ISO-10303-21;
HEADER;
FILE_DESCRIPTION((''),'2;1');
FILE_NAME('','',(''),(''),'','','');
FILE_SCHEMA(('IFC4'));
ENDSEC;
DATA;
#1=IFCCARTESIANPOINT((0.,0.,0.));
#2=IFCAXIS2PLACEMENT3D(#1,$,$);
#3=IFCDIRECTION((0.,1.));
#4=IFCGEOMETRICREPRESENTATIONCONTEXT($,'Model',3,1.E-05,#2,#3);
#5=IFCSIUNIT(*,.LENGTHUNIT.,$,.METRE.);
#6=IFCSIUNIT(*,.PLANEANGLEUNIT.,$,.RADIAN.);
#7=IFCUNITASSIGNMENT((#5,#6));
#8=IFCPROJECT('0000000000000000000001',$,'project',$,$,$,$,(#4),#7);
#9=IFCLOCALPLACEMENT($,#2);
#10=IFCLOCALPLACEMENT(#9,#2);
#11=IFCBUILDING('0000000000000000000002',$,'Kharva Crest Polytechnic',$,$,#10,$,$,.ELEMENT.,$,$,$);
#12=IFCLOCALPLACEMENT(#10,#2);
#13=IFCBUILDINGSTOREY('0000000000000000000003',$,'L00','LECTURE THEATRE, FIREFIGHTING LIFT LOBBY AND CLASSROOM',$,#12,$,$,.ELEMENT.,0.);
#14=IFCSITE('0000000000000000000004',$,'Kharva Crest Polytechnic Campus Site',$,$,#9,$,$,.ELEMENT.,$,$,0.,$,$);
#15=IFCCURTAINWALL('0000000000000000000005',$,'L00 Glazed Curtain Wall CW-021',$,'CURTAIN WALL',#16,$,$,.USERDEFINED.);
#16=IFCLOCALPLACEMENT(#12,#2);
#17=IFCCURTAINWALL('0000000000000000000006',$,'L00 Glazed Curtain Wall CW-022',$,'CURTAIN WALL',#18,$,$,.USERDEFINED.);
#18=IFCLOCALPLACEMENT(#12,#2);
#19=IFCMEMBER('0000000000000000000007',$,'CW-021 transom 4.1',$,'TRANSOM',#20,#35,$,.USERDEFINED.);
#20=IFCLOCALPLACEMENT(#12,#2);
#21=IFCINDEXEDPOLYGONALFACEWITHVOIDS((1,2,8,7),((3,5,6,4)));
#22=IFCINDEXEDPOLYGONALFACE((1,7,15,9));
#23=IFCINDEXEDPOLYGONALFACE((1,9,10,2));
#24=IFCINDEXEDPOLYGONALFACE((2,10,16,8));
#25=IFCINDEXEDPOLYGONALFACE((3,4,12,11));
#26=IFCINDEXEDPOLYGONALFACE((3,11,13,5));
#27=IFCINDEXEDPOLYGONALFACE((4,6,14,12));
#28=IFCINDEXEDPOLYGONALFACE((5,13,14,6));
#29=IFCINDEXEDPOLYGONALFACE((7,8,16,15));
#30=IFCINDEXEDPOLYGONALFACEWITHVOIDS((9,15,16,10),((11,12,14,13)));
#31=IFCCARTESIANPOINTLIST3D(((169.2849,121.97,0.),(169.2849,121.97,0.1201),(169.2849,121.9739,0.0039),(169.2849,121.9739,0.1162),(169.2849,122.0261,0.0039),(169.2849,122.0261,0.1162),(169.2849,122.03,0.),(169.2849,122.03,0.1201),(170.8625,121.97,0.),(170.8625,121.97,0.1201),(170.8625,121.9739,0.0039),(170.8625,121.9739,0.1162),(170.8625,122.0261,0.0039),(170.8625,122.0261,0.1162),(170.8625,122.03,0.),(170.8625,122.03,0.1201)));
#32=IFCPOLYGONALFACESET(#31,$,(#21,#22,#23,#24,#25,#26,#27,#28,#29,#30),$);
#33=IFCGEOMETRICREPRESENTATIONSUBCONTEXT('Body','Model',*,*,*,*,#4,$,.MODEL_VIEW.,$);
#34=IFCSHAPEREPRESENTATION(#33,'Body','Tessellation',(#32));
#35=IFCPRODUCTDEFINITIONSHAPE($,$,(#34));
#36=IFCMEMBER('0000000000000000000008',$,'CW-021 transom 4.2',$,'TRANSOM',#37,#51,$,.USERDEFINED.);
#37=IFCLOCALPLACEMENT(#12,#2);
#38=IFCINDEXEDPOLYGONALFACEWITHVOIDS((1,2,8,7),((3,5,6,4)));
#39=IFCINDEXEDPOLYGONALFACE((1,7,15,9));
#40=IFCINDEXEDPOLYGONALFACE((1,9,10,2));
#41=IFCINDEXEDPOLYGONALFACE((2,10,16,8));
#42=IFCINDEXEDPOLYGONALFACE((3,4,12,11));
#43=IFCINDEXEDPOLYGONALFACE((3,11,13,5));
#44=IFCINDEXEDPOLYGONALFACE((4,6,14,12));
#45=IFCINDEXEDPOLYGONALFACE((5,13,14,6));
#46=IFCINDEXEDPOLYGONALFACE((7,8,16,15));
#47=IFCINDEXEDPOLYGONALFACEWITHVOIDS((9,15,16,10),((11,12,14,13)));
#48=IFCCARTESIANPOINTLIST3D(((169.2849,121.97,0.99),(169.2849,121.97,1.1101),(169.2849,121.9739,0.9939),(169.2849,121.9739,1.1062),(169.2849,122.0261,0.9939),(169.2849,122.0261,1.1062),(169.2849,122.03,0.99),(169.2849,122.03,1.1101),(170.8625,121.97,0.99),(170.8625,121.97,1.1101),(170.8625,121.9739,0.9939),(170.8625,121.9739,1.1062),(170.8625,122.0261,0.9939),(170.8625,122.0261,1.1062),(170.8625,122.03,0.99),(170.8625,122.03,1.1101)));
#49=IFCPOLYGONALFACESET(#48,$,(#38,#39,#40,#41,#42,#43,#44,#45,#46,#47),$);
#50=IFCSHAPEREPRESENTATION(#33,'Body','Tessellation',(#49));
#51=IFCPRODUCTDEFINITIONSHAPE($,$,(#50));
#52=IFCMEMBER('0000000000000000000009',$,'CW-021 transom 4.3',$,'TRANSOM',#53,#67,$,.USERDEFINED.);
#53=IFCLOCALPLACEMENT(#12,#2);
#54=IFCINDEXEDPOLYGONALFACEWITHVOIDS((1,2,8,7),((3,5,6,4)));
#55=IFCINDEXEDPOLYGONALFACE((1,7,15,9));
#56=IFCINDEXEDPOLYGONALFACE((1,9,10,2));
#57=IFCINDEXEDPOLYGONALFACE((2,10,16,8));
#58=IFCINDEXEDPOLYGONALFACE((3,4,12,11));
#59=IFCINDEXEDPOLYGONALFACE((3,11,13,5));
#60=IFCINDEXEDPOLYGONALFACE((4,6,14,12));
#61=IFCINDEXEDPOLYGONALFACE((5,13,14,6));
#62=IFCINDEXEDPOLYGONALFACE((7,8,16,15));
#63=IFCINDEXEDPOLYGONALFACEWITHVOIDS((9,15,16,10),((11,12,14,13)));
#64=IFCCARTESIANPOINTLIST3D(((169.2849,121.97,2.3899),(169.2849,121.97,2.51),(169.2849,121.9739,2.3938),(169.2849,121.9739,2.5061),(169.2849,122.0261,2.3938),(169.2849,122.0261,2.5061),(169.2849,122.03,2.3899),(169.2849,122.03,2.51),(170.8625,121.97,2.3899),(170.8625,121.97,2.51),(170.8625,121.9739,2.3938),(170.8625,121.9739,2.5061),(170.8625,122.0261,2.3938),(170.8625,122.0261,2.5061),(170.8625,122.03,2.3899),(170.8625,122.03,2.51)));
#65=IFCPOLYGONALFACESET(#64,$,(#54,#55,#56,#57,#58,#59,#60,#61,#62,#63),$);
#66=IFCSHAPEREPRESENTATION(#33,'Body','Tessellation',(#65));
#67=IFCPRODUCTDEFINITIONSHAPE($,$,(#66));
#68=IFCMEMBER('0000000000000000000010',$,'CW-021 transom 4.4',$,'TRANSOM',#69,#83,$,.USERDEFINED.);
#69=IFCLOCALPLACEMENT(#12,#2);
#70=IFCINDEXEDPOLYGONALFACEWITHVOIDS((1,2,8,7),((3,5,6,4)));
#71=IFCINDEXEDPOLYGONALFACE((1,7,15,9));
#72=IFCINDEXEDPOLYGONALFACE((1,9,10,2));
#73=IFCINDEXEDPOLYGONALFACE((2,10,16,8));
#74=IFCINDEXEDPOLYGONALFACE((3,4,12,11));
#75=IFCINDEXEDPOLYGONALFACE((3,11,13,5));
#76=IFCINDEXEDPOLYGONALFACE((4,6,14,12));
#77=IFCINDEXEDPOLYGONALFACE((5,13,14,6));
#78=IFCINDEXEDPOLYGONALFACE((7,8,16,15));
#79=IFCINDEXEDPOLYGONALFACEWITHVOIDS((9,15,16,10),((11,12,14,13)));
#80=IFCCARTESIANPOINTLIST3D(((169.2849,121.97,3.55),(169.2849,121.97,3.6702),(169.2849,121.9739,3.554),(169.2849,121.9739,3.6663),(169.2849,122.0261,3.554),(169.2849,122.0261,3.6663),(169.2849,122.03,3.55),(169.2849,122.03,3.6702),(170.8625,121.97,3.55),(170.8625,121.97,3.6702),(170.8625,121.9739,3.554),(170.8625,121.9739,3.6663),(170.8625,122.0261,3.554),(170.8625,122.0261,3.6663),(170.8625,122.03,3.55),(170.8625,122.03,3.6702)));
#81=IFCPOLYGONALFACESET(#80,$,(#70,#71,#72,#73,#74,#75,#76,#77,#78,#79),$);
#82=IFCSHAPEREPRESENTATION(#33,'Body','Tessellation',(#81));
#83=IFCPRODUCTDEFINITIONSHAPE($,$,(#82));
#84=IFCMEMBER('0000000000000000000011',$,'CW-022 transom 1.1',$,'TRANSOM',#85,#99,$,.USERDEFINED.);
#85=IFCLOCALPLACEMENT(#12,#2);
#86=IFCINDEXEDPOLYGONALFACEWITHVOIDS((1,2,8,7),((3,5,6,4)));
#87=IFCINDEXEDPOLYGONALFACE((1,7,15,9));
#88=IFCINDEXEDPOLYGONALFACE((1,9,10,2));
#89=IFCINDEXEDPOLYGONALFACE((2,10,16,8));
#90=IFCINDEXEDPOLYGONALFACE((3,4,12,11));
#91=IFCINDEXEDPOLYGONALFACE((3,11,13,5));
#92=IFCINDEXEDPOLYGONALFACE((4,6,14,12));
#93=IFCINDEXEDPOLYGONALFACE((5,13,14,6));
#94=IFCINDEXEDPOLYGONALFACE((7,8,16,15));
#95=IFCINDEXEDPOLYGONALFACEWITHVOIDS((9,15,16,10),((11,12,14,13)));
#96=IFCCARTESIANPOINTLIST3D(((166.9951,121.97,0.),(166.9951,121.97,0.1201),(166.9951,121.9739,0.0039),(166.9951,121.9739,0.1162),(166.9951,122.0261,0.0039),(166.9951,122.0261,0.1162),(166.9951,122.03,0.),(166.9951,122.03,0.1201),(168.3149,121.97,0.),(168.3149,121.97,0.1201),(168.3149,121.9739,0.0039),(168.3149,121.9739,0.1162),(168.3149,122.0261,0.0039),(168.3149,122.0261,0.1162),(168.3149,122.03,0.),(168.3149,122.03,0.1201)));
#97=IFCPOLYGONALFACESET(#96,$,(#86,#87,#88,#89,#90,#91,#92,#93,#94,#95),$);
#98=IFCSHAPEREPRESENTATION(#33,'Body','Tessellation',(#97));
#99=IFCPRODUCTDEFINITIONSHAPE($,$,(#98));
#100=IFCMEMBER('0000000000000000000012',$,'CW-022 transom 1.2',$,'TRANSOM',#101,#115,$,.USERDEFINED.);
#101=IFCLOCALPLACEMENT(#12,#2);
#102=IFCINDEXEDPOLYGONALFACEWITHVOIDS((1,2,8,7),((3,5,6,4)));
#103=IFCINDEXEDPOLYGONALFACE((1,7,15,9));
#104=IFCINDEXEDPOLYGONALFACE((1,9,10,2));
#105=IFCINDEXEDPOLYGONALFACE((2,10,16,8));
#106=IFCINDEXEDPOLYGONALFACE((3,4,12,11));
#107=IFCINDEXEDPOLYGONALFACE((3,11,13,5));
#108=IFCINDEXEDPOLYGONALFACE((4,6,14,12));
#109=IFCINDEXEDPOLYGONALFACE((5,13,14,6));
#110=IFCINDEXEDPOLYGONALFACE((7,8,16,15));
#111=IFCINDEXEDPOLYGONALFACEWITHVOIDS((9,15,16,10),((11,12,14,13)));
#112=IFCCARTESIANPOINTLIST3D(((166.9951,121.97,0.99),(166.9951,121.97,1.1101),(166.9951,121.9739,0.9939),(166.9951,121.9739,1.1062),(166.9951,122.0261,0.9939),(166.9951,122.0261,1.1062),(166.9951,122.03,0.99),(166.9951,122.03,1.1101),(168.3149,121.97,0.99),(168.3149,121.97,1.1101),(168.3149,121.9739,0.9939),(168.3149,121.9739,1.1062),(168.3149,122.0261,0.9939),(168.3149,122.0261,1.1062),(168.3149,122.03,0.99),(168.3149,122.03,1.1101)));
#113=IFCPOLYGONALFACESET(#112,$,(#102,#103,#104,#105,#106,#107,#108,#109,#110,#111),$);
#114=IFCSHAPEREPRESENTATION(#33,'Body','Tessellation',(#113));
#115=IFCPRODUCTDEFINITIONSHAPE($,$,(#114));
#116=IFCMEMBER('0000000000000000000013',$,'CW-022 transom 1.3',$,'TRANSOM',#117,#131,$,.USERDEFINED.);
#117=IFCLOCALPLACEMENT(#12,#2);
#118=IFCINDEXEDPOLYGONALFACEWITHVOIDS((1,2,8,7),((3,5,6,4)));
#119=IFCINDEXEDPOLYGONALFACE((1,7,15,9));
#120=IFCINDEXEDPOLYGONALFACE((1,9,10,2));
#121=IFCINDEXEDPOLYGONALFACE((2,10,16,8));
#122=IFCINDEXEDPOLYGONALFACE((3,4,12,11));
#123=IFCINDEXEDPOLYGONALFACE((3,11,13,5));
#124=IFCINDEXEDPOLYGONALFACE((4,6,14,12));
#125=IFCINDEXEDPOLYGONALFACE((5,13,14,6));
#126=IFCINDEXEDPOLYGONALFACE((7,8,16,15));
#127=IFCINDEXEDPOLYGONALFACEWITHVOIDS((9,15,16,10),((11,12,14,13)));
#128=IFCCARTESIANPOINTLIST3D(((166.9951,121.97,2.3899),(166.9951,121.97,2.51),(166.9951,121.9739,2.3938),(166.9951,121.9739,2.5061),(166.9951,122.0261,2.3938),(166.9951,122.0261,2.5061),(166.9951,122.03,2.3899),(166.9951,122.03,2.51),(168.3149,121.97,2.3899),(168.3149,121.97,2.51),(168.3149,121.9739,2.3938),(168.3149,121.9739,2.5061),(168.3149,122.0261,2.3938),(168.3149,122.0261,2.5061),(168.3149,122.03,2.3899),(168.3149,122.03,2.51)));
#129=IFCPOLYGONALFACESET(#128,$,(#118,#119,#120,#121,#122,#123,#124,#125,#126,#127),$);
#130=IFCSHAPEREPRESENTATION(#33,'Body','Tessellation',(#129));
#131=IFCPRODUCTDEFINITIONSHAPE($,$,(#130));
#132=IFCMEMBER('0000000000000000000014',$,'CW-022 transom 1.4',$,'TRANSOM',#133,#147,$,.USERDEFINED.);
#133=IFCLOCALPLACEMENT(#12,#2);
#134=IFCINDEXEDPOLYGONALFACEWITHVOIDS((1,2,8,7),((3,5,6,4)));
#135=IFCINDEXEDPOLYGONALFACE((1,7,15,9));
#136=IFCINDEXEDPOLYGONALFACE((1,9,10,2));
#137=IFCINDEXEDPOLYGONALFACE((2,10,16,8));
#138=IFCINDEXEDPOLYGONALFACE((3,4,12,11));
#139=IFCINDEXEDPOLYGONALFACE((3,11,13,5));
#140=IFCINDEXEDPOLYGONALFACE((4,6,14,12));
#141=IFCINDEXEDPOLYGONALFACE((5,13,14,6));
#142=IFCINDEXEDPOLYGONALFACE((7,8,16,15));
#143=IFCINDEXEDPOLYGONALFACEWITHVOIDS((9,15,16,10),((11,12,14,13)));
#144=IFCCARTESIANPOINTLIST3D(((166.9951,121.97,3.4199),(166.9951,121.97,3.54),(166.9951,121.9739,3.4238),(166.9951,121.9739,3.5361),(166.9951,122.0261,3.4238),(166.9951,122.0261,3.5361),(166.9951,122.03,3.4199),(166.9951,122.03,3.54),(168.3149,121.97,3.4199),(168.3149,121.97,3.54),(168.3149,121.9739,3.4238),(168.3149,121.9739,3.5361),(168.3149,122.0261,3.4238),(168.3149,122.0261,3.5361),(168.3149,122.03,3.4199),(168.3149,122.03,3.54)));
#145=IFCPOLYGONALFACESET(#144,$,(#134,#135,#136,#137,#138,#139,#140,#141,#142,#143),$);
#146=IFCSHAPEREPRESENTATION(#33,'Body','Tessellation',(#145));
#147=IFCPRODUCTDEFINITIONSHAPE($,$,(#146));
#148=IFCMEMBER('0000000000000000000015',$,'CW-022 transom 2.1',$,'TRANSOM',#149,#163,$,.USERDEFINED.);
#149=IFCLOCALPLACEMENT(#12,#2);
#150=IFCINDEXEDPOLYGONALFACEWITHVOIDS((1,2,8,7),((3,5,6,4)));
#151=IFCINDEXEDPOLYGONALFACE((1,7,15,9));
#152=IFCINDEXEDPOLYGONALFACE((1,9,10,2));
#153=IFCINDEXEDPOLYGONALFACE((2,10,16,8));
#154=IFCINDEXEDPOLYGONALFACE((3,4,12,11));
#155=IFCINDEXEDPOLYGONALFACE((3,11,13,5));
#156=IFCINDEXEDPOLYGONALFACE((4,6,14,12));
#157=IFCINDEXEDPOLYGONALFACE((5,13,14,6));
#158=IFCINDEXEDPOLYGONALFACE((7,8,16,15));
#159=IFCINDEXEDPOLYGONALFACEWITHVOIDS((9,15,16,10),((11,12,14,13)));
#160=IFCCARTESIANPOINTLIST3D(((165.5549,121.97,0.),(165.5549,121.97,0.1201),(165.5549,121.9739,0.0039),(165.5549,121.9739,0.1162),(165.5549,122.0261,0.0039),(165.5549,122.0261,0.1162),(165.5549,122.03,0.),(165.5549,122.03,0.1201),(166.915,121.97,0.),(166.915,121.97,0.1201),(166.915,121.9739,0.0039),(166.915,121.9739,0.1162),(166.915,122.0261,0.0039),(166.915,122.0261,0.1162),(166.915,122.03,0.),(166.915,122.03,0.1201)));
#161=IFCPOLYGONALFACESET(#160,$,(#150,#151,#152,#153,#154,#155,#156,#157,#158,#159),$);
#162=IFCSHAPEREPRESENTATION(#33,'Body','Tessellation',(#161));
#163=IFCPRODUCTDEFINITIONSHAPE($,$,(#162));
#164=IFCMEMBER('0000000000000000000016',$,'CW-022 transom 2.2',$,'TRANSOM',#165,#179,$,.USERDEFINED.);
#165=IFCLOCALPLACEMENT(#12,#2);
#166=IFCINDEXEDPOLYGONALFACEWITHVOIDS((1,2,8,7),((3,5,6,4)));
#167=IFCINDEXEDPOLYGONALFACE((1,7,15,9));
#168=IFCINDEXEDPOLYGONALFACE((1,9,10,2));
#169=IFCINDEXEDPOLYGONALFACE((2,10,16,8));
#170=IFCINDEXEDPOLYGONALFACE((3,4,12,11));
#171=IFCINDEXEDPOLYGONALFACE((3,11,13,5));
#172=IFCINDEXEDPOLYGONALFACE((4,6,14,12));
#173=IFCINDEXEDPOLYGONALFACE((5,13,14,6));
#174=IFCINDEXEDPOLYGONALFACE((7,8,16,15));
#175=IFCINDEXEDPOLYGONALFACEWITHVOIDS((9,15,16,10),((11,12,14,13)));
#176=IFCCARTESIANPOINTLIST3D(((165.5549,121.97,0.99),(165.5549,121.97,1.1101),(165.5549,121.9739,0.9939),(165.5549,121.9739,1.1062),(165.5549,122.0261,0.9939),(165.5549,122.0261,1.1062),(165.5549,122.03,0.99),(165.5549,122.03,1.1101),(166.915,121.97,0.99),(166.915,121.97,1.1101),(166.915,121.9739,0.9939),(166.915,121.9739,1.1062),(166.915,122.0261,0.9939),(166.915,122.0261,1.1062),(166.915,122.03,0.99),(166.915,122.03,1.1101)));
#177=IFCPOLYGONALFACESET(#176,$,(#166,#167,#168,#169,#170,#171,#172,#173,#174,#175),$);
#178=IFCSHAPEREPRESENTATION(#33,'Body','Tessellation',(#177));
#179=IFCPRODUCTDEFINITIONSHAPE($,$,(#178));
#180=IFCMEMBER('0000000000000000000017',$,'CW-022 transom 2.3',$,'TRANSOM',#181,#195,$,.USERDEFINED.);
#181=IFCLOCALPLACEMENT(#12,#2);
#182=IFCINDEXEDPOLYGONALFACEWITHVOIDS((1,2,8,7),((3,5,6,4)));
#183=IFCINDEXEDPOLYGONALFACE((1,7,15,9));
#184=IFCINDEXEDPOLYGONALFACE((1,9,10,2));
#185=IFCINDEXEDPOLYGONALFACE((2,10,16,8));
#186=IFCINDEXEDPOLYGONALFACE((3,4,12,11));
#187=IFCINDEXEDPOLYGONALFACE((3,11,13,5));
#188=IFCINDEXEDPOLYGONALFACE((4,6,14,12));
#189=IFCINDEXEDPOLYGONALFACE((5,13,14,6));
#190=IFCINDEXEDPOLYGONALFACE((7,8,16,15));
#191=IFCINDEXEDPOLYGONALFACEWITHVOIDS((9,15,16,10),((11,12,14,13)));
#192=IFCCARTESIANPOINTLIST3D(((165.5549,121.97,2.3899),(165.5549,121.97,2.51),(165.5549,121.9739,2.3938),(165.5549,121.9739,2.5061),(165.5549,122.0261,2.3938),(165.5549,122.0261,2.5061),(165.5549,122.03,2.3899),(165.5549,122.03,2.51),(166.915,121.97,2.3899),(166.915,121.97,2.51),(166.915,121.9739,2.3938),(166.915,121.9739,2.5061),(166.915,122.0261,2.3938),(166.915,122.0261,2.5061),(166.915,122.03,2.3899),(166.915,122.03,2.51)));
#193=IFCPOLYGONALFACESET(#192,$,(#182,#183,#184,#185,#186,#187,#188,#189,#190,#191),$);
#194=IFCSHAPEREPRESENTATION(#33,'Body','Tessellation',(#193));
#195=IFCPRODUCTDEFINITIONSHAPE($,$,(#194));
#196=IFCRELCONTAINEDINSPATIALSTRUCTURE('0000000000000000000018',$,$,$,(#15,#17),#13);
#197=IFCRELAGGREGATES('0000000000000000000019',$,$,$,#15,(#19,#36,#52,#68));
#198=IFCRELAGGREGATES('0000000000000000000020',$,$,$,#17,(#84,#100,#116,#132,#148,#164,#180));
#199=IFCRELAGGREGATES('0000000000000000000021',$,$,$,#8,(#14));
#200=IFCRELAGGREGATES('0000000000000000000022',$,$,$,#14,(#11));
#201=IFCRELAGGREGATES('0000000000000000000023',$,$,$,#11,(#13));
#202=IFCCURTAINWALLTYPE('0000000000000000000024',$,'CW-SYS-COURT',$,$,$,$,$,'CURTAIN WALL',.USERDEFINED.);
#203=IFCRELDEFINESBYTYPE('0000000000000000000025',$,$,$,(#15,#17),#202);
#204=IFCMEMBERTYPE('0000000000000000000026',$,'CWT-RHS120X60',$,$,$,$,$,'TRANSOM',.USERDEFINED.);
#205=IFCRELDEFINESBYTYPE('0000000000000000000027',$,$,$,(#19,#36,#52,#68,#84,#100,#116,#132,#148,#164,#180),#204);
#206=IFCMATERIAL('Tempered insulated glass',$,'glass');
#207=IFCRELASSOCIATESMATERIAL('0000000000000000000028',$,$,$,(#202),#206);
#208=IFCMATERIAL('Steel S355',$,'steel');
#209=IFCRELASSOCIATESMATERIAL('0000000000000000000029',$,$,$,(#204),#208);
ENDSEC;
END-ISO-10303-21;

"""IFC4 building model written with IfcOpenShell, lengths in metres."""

from ifc_helpers import new_model, si_unit, direction, frame, origin, origin_2d, place, context, subcontext, project, spatial, hollow_rectangle, extrude, material, material_profile, profile_set, type_object, element, aggregate, save


model = new_model("IFC4")

# Units and contexts
model_context = context("Model", 3, precision=1e-05, world=origin(), true_north=direction((0.0, 1.0)))
body_context = subcontext(model_context, "Body", "Model", "MODEL_VIEW")
ifc_project = project(units=[si_unit("LENGTHUNIT", "METRE"), si_unit("PLANEANGLEUNIT", "RADIAN")], contexts=[model_context])

# Site, building, storey
site_placement = place(None, origin())
site = spatial("IfcSite", under=ifc_project, at=site_placement, Name="Kharva Crest Polytechnic Campus Site", CompositionType="ELEMENT", RefElevation=0.0)
building_placement = place(site_placement, origin())
building = spatial("IfcBuilding", under=site, at=building_placement, Name="Kharva Crest Polytechnic", CompositionType="ELEMENT")
storey_placement = place(building_placement, origin())
storey = spatial("IfcBuildingStorey", under=building, at=storey_placement, Name="L00", Description="LECTURE THEATRE, FIREFIGHTING LIFT LOBBY AND CLASSROOM", CompositionType="ELEMENT", Elevation=0.0)

# Curtain walls
ifc_material_1 = material(Name="Tempered insulated glass", Category="glass")
curtain_wall_type = type_object("IfcCurtainWallType", Name="CW-SYS-COURT", ElementType="CURTAIN WALL", PredefinedType="USERDEFINED", material=ifc_material_1)
curtain_wall_1_placement = place(storey_placement, origin())
curtain_wall_1 = element("IfcCurtainWall", 1, at=curtain_wall_1_placement, inside=storey, type_object=curtain_wall_type, Name="L00 Glazed Curtain Wall CW-021", ObjectType="CURTAIN WALL", PredefinedType="USERDEFINED")
ifc_material_2 = material(Name="Steel S355", Category="steel")
curtain_wall_2_placement = place(storey_placement, origin())
curtain_wall_2 = element("IfcCurtainWall", 2, at=curtain_wall_2_placement, inside=storey, type_object=curtain_wall_type, Name="L00 Glazed Curtain Wall CW-022", ObjectType="CURTAIN WALL", PredefinedType="USERDEFINED")

# Members
ifc_material_profile_1 = material_profile(ifc_material_2, hollow_rectangle(XDim=0.0601, YDim=0.1201, WallThickness=0.0039, at=origin_2d()), Name="RHS 120X60X4.0")
ifc_profile_set_1 = profile_set([ifc_material_profile_1], Name="Steel S355")
member_type_1 = type_object("IfcMemberType", Name="CWT-RHS120X60", ElementType="TRANSOM", PredefinedType="USERDEFINED", material=ifc_profile_set_1)
member_1_placement = place(storey_placement, frame((170.8625, 122.0, 0.0601), z_axis=(-1.0, 0.0, 0.0), x_axis=(0.0, -1.0, 0.0)))
member_1 = element("IfcMember", 3, at=member_1_placement, type_object=member_type_1, Name="CW-021 transom 4.1", ObjectType="TRANSOM", PredefinedType="USERDEFINED", context=body_context, shape_type="SweptSolid", body=[
    extrude(hollow_rectangle(XDim=0.0601, YDim=0.1201, WallThickness=0.0039, at=origin_2d()), origin(), (0.0, 0.0, 1.0), 1.5776),
])
member_2_placement = place(storey_placement, frame((170.8625, 122.0, 1.05), z_axis=(-1.0, 0.0, 0.0), x_axis=(0.0, -1.0, 0.0)))
member_2 = element("IfcMember", 4, at=member_2_placement, type_object=member_type_1, Name="CW-021 transom 4.2", ObjectType="TRANSOM", PredefinedType="USERDEFINED", context=body_context, shape_type="SweptSolid", body=[
    extrude(hollow_rectangle(XDim=0.0601, YDim=0.1201, WallThickness=0.0039, at=origin_2d()), origin(), (0.0, 0.0, 1.0), 1.5776),
])
member_3_placement = place(storey_placement, frame((170.8625, 122.0, 2.45), z_axis=(-1.0, 0.0, 0.0), x_axis=(0.0, -1.0, 0.0)))
member_3 = element("IfcMember", 5, at=member_3_placement, type_object=member_type_1, Name="CW-021 transom 4.3", ObjectType="TRANSOM", PredefinedType="USERDEFINED", context=body_context, shape_type="SweptSolid", body=[
    extrude(hollow_rectangle(XDim=0.0601, YDim=0.1201, WallThickness=0.0039, at=origin_2d()), origin(), (0.0, 0.0, 1.0), 1.5776),
])
member_4_placement = place(storey_placement, frame((170.8625, 122.0, 3.6101), z_axis=(-1.0, 0.0, 0.0), x_axis=(0.0, -1.0, 0.0)))
member_4 = element("IfcMember", 6, at=member_4_placement, type_object=member_type_1, Name="CW-021 transom 4.4", ObjectType="TRANSOM", PredefinedType="USERDEFINED", context=body_context, shape_type="SweptSolid", body=[
    extrude(hollow_rectangle(XDim=0.0601, YDim=0.1201, WallThickness=0.0039, at=origin_2d()), origin(), (0.0, 0.0, 1.0), 1.5776),
])
member_5_placement = place(storey_placement, frame((168.3149, 122.0, 0.0601), z_axis=(-1.0, 0.0, 0.0), x_axis=(0.0, -1.0, 0.0)))
member_5 = element("IfcMember", 7, at=member_5_placement, type_object=member_type_1, Name="CW-022 transom 1.1", ObjectType="TRANSOM", PredefinedType="USERDEFINED", context=body_context, shape_type="SweptSolid", body=[
    extrude(hollow_rectangle(XDim=0.0601, YDim=0.1201, WallThickness=0.0039, at=origin_2d()), origin(), (0.0, 0.0, 1.0), 1.3198),
])
member_6_placement = place(storey_placement, frame((168.3149, 122.0, 1.05), z_axis=(-1.0, 0.0, 0.0), x_axis=(0.0, -1.0, 0.0)))
member_6 = element("IfcMember", 8, at=member_6_placement, type_object=member_type_1, Name="CW-022 transom 1.2", ObjectType="TRANSOM", PredefinedType="USERDEFINED", context=body_context, shape_type="SweptSolid", body=[
    extrude(hollow_rectangle(XDim=0.0601, YDim=0.1201, WallThickness=0.0039, at=origin_2d()), origin(), (0.0, 0.0, 1.0), 1.3198),
])
member_7_placement = place(storey_placement, frame((168.3149, 122.0, 2.45), z_axis=(-1.0, 0.0, 0.0), x_axis=(0.0, -1.0, 0.0)))
member_7 = element("IfcMember", 9, at=member_7_placement, type_object=member_type_1, Name="CW-022 transom 1.3", ObjectType="TRANSOM", PredefinedType="USERDEFINED", context=body_context, shape_type="SweptSolid", body=[
    extrude(hollow_rectangle(XDim=0.0601, YDim=0.1201, WallThickness=0.0039, at=origin_2d()), origin(), (0.0, 0.0, 1.0), 1.3198),
])
member_8_placement = place(storey_placement, frame((168.3149, 122.0, 3.48), z_axis=(-1.0, 0.0, 0.0), x_axis=(0.0, -1.0, 0.0)))
member_8 = element("IfcMember", 10, at=member_8_placement, type_object=member_type_1, Name="CW-022 transom 1.4", ObjectType="TRANSOM", PredefinedType="USERDEFINED", context=body_context, shape_type="SweptSolid", body=[
    extrude(hollow_rectangle(XDim=0.0601, YDim=0.1201, WallThickness=0.0039, at=origin_2d()), origin(), (0.0, 0.0, 1.0), 1.3198),
])
member_9_placement = place(storey_placement, frame((166.915, 122.0, 0.0601), z_axis=(-1.0, 0.0, 0.0), x_axis=(0.0, -1.0, 0.0)))
member_9 = element("IfcMember", 11, at=member_9_placement, type_object=member_type_1, Name="CW-022 transom 2.1", ObjectType="TRANSOM", PredefinedType="USERDEFINED", context=body_context, shape_type="SweptSolid", body=[
    extrude(hollow_rectangle(XDim=0.0601, YDim=0.1201, WallThickness=0.0039, at=origin_2d()), origin(), (0.0, 0.0, 1.0), 1.3601),
])
member_10_placement = place(storey_placement, frame((166.915, 122.0, 1.05), z_axis=(-1.0, 0.0, 0.0), x_axis=(0.0, -1.0, 0.0)))
member_10 = element("IfcMember", 12, at=member_10_placement, type_object=member_type_1, Name="CW-022 transom 2.2", ObjectType="TRANSOM", PredefinedType="USERDEFINED", context=body_context, shape_type="SweptSolid", body=[
    extrude(hollow_rectangle(XDim=0.0601, YDim=0.1201, WallThickness=0.0039, at=origin_2d()), origin(), (0.0, 0.0, 1.0), 1.3601),
])
member_11_placement = place(storey_placement, frame((166.915, 122.0, 2.45), z_axis=(-1.0, 0.0, 0.0), x_axis=(0.0, -1.0, 0.0)))
member_11 = element("IfcMember", 13, at=member_11_placement, type_object=member_type_1, Name="CW-022 transom 2.3", ObjectType="TRANSOM", PredefinedType="USERDEFINED", context=body_context, shape_type="SweptSolid", body=[
    extrude(hollow_rectangle(XDim=0.0601, YDim=0.1201, WallThickness=0.0039, at=origin_2d()), origin(), (0.0, 0.0, 1.0), 1.3601),
])

aggregate(curtain_wall_1, [member_1, member_2, member_3, member_4])
aggregate(curtain_wall_2, [member_5, member_6, member_7, member_8, member_9, member_10, member_11])

save(model, "model.ifc")
